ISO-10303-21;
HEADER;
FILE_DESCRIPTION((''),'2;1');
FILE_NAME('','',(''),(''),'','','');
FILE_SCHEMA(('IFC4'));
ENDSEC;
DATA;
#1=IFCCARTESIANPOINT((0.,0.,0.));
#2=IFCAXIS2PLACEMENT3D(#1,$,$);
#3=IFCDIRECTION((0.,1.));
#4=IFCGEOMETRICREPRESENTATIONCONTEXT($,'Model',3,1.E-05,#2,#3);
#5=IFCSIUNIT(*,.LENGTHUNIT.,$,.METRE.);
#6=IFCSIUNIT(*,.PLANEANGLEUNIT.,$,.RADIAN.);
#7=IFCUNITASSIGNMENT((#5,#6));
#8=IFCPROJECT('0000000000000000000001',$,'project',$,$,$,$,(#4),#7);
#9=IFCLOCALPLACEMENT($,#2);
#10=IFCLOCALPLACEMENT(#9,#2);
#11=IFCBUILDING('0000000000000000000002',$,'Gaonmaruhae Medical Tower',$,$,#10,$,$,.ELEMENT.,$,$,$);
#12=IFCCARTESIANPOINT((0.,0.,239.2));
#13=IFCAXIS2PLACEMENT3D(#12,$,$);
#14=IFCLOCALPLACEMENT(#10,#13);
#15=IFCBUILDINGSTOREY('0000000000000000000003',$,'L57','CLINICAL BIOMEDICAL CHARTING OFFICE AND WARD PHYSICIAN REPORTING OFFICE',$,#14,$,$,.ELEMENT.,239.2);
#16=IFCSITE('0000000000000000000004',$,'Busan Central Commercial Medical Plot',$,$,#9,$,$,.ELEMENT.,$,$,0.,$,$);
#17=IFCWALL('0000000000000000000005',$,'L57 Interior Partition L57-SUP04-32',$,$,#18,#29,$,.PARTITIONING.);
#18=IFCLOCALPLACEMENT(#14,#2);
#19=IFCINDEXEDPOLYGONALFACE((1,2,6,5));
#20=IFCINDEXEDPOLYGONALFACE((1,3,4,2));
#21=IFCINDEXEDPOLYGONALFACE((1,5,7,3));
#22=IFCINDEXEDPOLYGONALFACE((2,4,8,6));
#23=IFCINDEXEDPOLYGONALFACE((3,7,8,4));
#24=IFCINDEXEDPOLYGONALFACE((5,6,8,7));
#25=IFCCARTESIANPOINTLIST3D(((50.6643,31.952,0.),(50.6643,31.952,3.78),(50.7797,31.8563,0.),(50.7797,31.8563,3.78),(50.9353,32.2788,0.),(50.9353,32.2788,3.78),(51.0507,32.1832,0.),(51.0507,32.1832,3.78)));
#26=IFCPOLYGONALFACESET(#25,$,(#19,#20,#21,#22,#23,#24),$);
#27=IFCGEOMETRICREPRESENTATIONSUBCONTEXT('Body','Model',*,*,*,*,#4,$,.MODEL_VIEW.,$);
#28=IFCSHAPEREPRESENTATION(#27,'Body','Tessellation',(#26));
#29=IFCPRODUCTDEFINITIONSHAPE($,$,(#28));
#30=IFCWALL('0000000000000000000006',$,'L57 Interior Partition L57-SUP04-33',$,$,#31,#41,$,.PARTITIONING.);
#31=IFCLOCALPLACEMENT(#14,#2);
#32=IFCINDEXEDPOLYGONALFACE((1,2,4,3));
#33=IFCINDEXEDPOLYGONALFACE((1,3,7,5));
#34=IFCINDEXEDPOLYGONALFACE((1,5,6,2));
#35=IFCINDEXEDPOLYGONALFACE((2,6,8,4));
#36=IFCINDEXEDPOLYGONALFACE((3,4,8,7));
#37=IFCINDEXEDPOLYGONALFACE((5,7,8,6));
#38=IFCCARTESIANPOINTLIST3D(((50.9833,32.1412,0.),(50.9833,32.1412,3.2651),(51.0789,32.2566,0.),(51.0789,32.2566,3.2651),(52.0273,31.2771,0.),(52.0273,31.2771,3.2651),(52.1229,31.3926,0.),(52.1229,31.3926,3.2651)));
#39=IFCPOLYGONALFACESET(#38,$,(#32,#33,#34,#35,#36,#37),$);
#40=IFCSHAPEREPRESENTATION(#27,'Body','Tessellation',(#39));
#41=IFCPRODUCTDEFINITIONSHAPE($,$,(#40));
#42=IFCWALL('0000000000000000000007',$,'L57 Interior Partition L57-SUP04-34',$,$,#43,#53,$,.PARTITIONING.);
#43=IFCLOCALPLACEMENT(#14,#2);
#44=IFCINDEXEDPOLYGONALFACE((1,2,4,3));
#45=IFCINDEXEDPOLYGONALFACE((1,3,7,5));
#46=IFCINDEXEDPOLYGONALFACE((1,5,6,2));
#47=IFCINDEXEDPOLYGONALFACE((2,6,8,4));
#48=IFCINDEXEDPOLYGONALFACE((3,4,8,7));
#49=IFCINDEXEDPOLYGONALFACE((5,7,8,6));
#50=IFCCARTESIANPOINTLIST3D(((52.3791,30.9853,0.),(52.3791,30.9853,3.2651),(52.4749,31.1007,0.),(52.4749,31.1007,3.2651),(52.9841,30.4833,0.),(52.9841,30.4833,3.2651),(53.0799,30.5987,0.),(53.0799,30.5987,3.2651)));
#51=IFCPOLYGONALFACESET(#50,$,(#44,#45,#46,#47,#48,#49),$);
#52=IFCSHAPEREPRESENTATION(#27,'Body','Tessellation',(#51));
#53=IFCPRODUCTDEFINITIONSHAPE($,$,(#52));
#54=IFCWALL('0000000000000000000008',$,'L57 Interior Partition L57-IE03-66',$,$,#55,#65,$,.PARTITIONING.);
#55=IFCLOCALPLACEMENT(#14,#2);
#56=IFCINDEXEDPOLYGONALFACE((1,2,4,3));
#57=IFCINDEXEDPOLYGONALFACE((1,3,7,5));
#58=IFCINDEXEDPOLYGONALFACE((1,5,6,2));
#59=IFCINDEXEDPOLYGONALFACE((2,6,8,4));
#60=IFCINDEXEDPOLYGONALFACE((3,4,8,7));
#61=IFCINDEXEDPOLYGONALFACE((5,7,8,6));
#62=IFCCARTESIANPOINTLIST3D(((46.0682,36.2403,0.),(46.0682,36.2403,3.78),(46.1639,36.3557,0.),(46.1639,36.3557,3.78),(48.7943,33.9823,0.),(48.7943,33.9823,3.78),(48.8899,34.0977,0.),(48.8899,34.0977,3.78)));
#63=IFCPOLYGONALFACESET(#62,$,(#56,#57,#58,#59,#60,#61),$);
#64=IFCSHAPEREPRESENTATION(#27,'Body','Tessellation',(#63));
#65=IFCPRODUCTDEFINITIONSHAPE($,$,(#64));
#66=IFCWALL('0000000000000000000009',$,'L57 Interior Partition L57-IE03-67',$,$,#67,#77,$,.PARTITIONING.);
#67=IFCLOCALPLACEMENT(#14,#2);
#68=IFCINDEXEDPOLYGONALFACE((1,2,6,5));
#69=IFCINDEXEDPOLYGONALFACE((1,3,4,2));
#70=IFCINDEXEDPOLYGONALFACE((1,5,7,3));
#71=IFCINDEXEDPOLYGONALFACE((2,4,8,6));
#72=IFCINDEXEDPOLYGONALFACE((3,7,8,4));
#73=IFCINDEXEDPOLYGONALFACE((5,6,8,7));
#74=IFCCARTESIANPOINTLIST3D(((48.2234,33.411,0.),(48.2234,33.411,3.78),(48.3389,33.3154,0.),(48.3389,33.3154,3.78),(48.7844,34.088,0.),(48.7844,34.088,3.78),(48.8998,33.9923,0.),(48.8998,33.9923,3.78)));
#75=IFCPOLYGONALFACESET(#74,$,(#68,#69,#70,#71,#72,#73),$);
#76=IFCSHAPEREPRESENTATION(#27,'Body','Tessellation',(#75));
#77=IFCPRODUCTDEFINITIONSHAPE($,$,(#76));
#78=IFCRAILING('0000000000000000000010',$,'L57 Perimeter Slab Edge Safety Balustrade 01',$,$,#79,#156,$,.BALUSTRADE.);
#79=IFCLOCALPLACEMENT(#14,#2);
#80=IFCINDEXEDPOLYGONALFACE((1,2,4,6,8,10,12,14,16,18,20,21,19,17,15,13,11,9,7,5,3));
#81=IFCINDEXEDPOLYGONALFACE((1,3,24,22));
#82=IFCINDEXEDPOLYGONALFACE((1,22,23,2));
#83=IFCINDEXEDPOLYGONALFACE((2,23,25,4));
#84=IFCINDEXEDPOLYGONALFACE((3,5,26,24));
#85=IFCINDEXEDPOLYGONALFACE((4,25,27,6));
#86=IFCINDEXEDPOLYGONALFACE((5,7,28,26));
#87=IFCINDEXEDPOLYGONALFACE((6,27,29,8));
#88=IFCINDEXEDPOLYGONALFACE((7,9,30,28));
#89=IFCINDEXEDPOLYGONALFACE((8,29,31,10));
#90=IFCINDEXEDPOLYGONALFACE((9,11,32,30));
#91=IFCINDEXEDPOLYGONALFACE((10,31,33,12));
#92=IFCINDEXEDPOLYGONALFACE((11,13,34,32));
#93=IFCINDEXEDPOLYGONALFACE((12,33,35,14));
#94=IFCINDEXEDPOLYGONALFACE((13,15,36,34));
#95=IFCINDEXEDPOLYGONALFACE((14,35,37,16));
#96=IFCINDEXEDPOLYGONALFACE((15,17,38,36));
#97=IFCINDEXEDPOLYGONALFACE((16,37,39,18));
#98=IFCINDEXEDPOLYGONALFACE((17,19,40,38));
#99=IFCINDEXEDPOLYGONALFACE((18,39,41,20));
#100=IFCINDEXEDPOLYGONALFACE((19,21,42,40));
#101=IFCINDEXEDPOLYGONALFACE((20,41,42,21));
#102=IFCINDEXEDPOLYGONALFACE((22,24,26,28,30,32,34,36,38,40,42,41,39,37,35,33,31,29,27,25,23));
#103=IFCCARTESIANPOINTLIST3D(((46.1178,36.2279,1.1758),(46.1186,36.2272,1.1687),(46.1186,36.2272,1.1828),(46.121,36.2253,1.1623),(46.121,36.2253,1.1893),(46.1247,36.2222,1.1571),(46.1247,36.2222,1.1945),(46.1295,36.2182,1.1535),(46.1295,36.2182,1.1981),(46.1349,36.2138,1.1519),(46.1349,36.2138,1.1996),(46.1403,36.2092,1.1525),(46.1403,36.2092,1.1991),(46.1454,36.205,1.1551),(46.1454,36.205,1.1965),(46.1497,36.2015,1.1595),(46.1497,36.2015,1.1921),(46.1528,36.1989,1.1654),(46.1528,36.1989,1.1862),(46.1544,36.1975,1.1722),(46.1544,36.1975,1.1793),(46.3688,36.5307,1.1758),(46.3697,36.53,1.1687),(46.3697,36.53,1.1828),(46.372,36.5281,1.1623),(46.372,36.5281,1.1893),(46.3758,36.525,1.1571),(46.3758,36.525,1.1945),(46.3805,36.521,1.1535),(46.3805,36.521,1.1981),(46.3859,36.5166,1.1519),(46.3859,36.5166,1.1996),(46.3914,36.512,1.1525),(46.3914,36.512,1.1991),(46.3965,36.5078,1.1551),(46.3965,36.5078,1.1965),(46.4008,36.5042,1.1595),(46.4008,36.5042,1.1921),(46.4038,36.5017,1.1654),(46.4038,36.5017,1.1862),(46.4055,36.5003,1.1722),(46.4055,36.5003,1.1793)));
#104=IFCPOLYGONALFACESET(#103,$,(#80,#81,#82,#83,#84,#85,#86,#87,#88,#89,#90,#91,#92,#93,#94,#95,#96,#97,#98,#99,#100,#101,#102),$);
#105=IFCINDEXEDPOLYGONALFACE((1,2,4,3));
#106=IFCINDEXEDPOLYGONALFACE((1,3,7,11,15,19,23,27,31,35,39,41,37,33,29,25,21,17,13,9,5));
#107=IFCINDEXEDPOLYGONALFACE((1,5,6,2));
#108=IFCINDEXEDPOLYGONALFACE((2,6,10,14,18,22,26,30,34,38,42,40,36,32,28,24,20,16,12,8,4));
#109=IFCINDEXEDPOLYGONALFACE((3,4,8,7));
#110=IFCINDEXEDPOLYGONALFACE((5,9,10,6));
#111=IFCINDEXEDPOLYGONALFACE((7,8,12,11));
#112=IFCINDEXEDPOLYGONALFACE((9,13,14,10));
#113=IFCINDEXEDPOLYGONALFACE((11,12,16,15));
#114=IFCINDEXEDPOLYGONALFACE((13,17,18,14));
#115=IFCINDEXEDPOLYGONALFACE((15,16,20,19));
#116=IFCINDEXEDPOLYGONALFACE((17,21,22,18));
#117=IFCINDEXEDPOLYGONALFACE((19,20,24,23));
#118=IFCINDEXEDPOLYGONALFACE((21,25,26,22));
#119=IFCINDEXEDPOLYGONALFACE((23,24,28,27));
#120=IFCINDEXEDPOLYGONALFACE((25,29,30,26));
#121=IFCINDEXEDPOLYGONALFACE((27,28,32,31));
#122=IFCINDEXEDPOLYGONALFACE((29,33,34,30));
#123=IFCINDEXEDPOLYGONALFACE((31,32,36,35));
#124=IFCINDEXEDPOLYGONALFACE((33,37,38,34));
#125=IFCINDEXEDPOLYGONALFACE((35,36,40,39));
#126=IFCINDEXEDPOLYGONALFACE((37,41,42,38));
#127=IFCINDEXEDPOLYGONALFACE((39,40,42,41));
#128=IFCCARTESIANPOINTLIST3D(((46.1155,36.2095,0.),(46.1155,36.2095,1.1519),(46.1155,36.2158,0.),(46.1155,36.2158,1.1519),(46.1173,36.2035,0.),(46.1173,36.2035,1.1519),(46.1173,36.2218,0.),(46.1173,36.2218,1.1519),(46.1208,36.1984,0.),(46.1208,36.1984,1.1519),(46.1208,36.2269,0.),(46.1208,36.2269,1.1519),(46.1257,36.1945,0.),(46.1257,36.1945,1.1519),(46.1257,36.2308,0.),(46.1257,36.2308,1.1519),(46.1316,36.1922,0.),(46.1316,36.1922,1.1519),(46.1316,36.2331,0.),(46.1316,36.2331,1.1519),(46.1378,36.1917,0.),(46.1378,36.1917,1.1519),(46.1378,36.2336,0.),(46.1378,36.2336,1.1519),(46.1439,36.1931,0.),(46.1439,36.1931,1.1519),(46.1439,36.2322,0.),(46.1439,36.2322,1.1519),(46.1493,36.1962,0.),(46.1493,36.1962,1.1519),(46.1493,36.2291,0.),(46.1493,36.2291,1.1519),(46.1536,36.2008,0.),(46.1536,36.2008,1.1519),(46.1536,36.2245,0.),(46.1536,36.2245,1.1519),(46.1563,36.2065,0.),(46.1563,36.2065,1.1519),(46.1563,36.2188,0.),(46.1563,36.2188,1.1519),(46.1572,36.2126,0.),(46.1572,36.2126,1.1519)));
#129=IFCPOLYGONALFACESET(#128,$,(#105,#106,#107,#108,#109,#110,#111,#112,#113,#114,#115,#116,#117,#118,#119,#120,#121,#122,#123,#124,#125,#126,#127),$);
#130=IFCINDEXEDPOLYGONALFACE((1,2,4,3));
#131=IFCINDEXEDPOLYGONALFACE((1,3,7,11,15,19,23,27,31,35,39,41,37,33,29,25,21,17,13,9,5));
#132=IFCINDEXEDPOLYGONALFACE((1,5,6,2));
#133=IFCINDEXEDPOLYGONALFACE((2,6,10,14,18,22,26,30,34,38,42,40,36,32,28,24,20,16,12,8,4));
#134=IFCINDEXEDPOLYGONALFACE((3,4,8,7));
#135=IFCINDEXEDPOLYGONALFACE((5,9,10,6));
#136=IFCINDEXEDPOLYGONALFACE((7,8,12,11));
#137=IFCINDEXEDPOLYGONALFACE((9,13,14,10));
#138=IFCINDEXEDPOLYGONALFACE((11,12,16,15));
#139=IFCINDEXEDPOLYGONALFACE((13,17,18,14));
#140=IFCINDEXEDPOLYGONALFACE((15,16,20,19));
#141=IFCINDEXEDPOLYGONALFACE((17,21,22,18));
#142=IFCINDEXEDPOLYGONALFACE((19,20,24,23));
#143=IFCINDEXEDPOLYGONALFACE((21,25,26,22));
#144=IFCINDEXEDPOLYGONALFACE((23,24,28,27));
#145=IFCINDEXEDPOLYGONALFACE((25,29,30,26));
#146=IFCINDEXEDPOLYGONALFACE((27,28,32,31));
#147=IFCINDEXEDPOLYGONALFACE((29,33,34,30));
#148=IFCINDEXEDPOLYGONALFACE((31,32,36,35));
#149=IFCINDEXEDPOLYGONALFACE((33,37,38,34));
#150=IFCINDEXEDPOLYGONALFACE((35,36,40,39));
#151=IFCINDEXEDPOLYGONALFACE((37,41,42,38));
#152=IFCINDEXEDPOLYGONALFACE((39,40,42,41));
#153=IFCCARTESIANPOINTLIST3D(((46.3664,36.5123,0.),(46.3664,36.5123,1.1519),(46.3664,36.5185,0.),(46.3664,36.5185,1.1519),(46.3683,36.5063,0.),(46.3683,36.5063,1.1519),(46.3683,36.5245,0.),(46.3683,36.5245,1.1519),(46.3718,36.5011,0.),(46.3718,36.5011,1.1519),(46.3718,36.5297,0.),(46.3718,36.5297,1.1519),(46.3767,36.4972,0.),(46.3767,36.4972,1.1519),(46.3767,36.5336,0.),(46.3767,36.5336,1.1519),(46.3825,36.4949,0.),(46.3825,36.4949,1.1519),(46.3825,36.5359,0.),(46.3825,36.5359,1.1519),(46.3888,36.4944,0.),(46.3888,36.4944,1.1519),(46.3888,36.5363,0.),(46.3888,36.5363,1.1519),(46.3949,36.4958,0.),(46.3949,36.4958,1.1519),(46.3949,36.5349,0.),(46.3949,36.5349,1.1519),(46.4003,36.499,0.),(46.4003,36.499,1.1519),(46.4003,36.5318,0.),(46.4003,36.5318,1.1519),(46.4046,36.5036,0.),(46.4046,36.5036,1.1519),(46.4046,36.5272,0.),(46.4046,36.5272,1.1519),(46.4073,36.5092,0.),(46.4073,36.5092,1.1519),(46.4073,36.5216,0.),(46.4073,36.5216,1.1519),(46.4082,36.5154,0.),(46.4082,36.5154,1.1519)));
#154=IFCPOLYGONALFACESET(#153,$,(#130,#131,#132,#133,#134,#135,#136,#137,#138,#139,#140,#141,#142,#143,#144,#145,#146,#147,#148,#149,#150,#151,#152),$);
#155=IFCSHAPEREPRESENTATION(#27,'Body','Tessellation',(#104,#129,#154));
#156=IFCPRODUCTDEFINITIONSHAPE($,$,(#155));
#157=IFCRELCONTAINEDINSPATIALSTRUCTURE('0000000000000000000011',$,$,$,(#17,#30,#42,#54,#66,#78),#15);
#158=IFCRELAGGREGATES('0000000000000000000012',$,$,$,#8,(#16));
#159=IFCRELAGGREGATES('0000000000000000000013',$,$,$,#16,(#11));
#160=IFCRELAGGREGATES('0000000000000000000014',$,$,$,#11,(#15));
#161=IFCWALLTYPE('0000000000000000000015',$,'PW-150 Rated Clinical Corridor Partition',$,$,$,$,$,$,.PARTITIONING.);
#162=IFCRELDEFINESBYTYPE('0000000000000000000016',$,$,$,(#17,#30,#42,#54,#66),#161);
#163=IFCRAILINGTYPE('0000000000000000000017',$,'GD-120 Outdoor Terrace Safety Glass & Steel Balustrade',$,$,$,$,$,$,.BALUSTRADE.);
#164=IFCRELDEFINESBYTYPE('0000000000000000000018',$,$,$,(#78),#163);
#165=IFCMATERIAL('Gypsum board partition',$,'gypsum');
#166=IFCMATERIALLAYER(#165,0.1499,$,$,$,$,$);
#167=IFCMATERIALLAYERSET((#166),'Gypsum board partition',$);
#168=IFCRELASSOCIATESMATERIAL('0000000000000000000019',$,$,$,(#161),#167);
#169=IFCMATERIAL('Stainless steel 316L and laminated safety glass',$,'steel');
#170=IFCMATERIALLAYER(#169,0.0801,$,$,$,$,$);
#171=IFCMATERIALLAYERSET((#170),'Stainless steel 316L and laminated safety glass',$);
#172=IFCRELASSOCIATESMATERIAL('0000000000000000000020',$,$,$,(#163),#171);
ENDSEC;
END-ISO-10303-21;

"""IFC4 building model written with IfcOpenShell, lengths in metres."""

from ifc_helpers import new_model, si_unit, direction, frame, frame_2d, origin, origin_2d, place, context, subcontext, project, spatial, rectangle, circle, extrude, material, layer, layer_set, type_object, element, save


model = new_model("IFC4")

# Units and contexts
model_context = context("Model", 3, precision=1e-05, world=origin(), true_north=direction((0.0, 1.0)))
body_context = subcontext(model_context, "Body", "Model", "MODEL_VIEW")
ifc_project = project(units=[si_unit("LENGTHUNIT", "METRE"), si_unit("PLANEANGLEUNIT", "RADIAN")], contexts=[model_context])

# Site, building, storey
site_placement = place(None, origin())
site = spatial("IfcSite", under=ifc_project, at=site_placement, Name="Busan Central Commercial Medical Plot", CompositionType="ELEMENT", RefElevation=0.0)
building_placement = place(site_placement, origin())
building = spatial("IfcBuilding", under=site, at=building_placement, Name="Gaonmaruhae Medical Tower", CompositionType="ELEMENT")
storey_placement = place(building_placement, frame((0.0, 0.0, 239.2)))
storey = spatial("IfcBuildingStorey", under=building, at=storey_placement, Name="L57", Description="CLINICAL BIOMEDICAL CHARTING OFFICE AND WARD PHYSICIAN REPORTING OFFICE", CompositionType="ELEMENT", Elevation=239.2)

# Shared definitions
ifc_material_1 = material(Name="Gypsum board partition", Category="gypsum")
ifc_layer_1 = layer(ifc_material_1, 0.1499)
ifc_layer_set_1 = layer_set([ifc_layer_1], Name="Gypsum board partition")
wall_type_1 = type_object("IfcWallType", Name="PW-150 Rated Clinical Corridor Partition", PredefinedType="PARTITIONING", material=ifc_layer_set_1)

# Walls
wall_1_placement = place(storey_placement, frame((50.7219, 31.9041, 0.0), z_axis=(0.0, 0.0, 1.0), x_axis=(0.638203, 0.769868, 0.0)))
element("IfcWall", 1, at=wall_1_placement, inside=storey, type_object=wall_type_1, Name="L57 Interior Partition L57-SUP04-32", PredefinedType="PARTITIONING", context=body_context, shape_type="SweptSolid", body=[
    extrude(rectangle(XDim=0.4246, YDim=0.1499, at=frame_2d((0.2124, 0.0))), origin(), (0.0, 0.0, 1.0), 3.78),
])
wall_2_placement = place(storey_placement, frame((51.031, 32.199, 0.0), z_axis=(0.0, 0.0, 1.0), x_axis=(0.770373, -0.637594, 0.0)))
element("IfcWall", 2, at=wall_2_placement, inside=storey, type_object=wall_type_1, Name="L57 Interior Partition L57-SUP04-33", PredefinedType="PARTITIONING", context=body_context, shape_type="SweptSolid", body=[
    extrude(rectangle(XDim=1.3552, YDim=0.1499, at=frame_2d((0.6777, 0.0))), origin(), (0.0, 0.0, 1.0), 3.2651),
])
wall_3_placement = place(storey_placement, frame((52.427, 31.043, 0.0), z_axis=(0.0, 0.0, 1.0), x_axis=(0.769594, -0.638533, 0.0)))
element("IfcWall", 3, at=wall_3_placement, inside=storey, type_object=wall_type_1, Name="L57 Interior Partition L57-SUP04-34", PredefinedType="PARTITIONING", context=body_context, shape_type="SweptSolid", body=[
    extrude(rectangle(XDim=0.7861, YDim=0.1499, at=frame_2d((0.3931, 0.0))), origin(), (0.0, 0.0, 1.0), 3.2651),
])
wall_4_placement = place(storey_placement, frame((46.116, 36.2981, 0.0), z_axis=(0.0, 0.0, 1.0), x_axis=(0.770117, -0.637902, 0.0)))
element("IfcWall", 4, at=wall_4_placement, inside=storey, type_object=wall_type_1, Name="L57 Interior Partition L57-IE03-66", PredefinedType="PARTITIONING", context=body_context, shape_type="SweptSolid", body=[
    extrude(rectangle(XDim=3.5398, YDim=0.1499, at=frame_2d((1.77, 0.0))), origin(), (0.0, 0.0, 1.0), 3.78),
])
wall_5_placement = place(storey_placement, frame((48.842, 34.04, 0.0), z_axis=(0.0, 0.0, 1.0), x_axis=(-0.638079, -0.769971, 0.0)))
element("IfcWall", 5, at=wall_5_placement, inside=storey, type_object=wall_type_1, Name="L57 Interior Partition L57-IE03-67", PredefinedType="PARTITIONING", context=body_context, shape_type="SweptSolid", body=[
    extrude(rectangle(XDim=0.8792, YDim=0.1499, at=frame_2d((0.4395, 0.0))), origin(), (0.0, 0.0, 1.0), 3.78),
])

# Railing
ifc_material_2 = material(Name="Stainless steel 316L and laminated safety glass", Category="steel")
ifc_layer_2 = layer(ifc_material_2, 0.0801)
ifc_layer_set_2 = layer_set([ifc_layer_2], Name="Stainless steel 316L and laminated safety glass")
railing_type = type_object("IfcRailingType", Name="GD-120 Outdoor Terrace Safety Glass & Steel Balustrade", PredefinedType="BALUSTRADE", material=ifc_layer_set_2)
railing_1_placement = place(storey_placement, frame((46.1362, 36.2126, 0.0)))
element("IfcRailing", 6, at=railing_1_placement, inside=storey, type_object=railing_type, Name="L57 Perimeter Slab Edge Safety Balustrade 01", PredefinedType="BALUSTRADE", context=body_context, shape_type="SweptSolid", body=[
    extrude(circle(Radius=0.0239, at=origin_2d()), frame((0.0, 0.0, 1.1758), z_axis=(0.638228, 0.769847, 0.0), x_axis=(-0.769847, 0.638228, 0.0)), (0.0, 0.0, 1.0), 0.3933),
    extrude(circle(Radius=0.021, at=origin_2d()), origin(), (0.0, 0.0, 1.0), 1.1519),
    extrude(circle(Radius=0.021, at=origin_2d()), frame((0.251, 0.3027, 0.0)), (0.0, 0.0, 1.0), 1.1519),
])

save(model, "model.ifc")
